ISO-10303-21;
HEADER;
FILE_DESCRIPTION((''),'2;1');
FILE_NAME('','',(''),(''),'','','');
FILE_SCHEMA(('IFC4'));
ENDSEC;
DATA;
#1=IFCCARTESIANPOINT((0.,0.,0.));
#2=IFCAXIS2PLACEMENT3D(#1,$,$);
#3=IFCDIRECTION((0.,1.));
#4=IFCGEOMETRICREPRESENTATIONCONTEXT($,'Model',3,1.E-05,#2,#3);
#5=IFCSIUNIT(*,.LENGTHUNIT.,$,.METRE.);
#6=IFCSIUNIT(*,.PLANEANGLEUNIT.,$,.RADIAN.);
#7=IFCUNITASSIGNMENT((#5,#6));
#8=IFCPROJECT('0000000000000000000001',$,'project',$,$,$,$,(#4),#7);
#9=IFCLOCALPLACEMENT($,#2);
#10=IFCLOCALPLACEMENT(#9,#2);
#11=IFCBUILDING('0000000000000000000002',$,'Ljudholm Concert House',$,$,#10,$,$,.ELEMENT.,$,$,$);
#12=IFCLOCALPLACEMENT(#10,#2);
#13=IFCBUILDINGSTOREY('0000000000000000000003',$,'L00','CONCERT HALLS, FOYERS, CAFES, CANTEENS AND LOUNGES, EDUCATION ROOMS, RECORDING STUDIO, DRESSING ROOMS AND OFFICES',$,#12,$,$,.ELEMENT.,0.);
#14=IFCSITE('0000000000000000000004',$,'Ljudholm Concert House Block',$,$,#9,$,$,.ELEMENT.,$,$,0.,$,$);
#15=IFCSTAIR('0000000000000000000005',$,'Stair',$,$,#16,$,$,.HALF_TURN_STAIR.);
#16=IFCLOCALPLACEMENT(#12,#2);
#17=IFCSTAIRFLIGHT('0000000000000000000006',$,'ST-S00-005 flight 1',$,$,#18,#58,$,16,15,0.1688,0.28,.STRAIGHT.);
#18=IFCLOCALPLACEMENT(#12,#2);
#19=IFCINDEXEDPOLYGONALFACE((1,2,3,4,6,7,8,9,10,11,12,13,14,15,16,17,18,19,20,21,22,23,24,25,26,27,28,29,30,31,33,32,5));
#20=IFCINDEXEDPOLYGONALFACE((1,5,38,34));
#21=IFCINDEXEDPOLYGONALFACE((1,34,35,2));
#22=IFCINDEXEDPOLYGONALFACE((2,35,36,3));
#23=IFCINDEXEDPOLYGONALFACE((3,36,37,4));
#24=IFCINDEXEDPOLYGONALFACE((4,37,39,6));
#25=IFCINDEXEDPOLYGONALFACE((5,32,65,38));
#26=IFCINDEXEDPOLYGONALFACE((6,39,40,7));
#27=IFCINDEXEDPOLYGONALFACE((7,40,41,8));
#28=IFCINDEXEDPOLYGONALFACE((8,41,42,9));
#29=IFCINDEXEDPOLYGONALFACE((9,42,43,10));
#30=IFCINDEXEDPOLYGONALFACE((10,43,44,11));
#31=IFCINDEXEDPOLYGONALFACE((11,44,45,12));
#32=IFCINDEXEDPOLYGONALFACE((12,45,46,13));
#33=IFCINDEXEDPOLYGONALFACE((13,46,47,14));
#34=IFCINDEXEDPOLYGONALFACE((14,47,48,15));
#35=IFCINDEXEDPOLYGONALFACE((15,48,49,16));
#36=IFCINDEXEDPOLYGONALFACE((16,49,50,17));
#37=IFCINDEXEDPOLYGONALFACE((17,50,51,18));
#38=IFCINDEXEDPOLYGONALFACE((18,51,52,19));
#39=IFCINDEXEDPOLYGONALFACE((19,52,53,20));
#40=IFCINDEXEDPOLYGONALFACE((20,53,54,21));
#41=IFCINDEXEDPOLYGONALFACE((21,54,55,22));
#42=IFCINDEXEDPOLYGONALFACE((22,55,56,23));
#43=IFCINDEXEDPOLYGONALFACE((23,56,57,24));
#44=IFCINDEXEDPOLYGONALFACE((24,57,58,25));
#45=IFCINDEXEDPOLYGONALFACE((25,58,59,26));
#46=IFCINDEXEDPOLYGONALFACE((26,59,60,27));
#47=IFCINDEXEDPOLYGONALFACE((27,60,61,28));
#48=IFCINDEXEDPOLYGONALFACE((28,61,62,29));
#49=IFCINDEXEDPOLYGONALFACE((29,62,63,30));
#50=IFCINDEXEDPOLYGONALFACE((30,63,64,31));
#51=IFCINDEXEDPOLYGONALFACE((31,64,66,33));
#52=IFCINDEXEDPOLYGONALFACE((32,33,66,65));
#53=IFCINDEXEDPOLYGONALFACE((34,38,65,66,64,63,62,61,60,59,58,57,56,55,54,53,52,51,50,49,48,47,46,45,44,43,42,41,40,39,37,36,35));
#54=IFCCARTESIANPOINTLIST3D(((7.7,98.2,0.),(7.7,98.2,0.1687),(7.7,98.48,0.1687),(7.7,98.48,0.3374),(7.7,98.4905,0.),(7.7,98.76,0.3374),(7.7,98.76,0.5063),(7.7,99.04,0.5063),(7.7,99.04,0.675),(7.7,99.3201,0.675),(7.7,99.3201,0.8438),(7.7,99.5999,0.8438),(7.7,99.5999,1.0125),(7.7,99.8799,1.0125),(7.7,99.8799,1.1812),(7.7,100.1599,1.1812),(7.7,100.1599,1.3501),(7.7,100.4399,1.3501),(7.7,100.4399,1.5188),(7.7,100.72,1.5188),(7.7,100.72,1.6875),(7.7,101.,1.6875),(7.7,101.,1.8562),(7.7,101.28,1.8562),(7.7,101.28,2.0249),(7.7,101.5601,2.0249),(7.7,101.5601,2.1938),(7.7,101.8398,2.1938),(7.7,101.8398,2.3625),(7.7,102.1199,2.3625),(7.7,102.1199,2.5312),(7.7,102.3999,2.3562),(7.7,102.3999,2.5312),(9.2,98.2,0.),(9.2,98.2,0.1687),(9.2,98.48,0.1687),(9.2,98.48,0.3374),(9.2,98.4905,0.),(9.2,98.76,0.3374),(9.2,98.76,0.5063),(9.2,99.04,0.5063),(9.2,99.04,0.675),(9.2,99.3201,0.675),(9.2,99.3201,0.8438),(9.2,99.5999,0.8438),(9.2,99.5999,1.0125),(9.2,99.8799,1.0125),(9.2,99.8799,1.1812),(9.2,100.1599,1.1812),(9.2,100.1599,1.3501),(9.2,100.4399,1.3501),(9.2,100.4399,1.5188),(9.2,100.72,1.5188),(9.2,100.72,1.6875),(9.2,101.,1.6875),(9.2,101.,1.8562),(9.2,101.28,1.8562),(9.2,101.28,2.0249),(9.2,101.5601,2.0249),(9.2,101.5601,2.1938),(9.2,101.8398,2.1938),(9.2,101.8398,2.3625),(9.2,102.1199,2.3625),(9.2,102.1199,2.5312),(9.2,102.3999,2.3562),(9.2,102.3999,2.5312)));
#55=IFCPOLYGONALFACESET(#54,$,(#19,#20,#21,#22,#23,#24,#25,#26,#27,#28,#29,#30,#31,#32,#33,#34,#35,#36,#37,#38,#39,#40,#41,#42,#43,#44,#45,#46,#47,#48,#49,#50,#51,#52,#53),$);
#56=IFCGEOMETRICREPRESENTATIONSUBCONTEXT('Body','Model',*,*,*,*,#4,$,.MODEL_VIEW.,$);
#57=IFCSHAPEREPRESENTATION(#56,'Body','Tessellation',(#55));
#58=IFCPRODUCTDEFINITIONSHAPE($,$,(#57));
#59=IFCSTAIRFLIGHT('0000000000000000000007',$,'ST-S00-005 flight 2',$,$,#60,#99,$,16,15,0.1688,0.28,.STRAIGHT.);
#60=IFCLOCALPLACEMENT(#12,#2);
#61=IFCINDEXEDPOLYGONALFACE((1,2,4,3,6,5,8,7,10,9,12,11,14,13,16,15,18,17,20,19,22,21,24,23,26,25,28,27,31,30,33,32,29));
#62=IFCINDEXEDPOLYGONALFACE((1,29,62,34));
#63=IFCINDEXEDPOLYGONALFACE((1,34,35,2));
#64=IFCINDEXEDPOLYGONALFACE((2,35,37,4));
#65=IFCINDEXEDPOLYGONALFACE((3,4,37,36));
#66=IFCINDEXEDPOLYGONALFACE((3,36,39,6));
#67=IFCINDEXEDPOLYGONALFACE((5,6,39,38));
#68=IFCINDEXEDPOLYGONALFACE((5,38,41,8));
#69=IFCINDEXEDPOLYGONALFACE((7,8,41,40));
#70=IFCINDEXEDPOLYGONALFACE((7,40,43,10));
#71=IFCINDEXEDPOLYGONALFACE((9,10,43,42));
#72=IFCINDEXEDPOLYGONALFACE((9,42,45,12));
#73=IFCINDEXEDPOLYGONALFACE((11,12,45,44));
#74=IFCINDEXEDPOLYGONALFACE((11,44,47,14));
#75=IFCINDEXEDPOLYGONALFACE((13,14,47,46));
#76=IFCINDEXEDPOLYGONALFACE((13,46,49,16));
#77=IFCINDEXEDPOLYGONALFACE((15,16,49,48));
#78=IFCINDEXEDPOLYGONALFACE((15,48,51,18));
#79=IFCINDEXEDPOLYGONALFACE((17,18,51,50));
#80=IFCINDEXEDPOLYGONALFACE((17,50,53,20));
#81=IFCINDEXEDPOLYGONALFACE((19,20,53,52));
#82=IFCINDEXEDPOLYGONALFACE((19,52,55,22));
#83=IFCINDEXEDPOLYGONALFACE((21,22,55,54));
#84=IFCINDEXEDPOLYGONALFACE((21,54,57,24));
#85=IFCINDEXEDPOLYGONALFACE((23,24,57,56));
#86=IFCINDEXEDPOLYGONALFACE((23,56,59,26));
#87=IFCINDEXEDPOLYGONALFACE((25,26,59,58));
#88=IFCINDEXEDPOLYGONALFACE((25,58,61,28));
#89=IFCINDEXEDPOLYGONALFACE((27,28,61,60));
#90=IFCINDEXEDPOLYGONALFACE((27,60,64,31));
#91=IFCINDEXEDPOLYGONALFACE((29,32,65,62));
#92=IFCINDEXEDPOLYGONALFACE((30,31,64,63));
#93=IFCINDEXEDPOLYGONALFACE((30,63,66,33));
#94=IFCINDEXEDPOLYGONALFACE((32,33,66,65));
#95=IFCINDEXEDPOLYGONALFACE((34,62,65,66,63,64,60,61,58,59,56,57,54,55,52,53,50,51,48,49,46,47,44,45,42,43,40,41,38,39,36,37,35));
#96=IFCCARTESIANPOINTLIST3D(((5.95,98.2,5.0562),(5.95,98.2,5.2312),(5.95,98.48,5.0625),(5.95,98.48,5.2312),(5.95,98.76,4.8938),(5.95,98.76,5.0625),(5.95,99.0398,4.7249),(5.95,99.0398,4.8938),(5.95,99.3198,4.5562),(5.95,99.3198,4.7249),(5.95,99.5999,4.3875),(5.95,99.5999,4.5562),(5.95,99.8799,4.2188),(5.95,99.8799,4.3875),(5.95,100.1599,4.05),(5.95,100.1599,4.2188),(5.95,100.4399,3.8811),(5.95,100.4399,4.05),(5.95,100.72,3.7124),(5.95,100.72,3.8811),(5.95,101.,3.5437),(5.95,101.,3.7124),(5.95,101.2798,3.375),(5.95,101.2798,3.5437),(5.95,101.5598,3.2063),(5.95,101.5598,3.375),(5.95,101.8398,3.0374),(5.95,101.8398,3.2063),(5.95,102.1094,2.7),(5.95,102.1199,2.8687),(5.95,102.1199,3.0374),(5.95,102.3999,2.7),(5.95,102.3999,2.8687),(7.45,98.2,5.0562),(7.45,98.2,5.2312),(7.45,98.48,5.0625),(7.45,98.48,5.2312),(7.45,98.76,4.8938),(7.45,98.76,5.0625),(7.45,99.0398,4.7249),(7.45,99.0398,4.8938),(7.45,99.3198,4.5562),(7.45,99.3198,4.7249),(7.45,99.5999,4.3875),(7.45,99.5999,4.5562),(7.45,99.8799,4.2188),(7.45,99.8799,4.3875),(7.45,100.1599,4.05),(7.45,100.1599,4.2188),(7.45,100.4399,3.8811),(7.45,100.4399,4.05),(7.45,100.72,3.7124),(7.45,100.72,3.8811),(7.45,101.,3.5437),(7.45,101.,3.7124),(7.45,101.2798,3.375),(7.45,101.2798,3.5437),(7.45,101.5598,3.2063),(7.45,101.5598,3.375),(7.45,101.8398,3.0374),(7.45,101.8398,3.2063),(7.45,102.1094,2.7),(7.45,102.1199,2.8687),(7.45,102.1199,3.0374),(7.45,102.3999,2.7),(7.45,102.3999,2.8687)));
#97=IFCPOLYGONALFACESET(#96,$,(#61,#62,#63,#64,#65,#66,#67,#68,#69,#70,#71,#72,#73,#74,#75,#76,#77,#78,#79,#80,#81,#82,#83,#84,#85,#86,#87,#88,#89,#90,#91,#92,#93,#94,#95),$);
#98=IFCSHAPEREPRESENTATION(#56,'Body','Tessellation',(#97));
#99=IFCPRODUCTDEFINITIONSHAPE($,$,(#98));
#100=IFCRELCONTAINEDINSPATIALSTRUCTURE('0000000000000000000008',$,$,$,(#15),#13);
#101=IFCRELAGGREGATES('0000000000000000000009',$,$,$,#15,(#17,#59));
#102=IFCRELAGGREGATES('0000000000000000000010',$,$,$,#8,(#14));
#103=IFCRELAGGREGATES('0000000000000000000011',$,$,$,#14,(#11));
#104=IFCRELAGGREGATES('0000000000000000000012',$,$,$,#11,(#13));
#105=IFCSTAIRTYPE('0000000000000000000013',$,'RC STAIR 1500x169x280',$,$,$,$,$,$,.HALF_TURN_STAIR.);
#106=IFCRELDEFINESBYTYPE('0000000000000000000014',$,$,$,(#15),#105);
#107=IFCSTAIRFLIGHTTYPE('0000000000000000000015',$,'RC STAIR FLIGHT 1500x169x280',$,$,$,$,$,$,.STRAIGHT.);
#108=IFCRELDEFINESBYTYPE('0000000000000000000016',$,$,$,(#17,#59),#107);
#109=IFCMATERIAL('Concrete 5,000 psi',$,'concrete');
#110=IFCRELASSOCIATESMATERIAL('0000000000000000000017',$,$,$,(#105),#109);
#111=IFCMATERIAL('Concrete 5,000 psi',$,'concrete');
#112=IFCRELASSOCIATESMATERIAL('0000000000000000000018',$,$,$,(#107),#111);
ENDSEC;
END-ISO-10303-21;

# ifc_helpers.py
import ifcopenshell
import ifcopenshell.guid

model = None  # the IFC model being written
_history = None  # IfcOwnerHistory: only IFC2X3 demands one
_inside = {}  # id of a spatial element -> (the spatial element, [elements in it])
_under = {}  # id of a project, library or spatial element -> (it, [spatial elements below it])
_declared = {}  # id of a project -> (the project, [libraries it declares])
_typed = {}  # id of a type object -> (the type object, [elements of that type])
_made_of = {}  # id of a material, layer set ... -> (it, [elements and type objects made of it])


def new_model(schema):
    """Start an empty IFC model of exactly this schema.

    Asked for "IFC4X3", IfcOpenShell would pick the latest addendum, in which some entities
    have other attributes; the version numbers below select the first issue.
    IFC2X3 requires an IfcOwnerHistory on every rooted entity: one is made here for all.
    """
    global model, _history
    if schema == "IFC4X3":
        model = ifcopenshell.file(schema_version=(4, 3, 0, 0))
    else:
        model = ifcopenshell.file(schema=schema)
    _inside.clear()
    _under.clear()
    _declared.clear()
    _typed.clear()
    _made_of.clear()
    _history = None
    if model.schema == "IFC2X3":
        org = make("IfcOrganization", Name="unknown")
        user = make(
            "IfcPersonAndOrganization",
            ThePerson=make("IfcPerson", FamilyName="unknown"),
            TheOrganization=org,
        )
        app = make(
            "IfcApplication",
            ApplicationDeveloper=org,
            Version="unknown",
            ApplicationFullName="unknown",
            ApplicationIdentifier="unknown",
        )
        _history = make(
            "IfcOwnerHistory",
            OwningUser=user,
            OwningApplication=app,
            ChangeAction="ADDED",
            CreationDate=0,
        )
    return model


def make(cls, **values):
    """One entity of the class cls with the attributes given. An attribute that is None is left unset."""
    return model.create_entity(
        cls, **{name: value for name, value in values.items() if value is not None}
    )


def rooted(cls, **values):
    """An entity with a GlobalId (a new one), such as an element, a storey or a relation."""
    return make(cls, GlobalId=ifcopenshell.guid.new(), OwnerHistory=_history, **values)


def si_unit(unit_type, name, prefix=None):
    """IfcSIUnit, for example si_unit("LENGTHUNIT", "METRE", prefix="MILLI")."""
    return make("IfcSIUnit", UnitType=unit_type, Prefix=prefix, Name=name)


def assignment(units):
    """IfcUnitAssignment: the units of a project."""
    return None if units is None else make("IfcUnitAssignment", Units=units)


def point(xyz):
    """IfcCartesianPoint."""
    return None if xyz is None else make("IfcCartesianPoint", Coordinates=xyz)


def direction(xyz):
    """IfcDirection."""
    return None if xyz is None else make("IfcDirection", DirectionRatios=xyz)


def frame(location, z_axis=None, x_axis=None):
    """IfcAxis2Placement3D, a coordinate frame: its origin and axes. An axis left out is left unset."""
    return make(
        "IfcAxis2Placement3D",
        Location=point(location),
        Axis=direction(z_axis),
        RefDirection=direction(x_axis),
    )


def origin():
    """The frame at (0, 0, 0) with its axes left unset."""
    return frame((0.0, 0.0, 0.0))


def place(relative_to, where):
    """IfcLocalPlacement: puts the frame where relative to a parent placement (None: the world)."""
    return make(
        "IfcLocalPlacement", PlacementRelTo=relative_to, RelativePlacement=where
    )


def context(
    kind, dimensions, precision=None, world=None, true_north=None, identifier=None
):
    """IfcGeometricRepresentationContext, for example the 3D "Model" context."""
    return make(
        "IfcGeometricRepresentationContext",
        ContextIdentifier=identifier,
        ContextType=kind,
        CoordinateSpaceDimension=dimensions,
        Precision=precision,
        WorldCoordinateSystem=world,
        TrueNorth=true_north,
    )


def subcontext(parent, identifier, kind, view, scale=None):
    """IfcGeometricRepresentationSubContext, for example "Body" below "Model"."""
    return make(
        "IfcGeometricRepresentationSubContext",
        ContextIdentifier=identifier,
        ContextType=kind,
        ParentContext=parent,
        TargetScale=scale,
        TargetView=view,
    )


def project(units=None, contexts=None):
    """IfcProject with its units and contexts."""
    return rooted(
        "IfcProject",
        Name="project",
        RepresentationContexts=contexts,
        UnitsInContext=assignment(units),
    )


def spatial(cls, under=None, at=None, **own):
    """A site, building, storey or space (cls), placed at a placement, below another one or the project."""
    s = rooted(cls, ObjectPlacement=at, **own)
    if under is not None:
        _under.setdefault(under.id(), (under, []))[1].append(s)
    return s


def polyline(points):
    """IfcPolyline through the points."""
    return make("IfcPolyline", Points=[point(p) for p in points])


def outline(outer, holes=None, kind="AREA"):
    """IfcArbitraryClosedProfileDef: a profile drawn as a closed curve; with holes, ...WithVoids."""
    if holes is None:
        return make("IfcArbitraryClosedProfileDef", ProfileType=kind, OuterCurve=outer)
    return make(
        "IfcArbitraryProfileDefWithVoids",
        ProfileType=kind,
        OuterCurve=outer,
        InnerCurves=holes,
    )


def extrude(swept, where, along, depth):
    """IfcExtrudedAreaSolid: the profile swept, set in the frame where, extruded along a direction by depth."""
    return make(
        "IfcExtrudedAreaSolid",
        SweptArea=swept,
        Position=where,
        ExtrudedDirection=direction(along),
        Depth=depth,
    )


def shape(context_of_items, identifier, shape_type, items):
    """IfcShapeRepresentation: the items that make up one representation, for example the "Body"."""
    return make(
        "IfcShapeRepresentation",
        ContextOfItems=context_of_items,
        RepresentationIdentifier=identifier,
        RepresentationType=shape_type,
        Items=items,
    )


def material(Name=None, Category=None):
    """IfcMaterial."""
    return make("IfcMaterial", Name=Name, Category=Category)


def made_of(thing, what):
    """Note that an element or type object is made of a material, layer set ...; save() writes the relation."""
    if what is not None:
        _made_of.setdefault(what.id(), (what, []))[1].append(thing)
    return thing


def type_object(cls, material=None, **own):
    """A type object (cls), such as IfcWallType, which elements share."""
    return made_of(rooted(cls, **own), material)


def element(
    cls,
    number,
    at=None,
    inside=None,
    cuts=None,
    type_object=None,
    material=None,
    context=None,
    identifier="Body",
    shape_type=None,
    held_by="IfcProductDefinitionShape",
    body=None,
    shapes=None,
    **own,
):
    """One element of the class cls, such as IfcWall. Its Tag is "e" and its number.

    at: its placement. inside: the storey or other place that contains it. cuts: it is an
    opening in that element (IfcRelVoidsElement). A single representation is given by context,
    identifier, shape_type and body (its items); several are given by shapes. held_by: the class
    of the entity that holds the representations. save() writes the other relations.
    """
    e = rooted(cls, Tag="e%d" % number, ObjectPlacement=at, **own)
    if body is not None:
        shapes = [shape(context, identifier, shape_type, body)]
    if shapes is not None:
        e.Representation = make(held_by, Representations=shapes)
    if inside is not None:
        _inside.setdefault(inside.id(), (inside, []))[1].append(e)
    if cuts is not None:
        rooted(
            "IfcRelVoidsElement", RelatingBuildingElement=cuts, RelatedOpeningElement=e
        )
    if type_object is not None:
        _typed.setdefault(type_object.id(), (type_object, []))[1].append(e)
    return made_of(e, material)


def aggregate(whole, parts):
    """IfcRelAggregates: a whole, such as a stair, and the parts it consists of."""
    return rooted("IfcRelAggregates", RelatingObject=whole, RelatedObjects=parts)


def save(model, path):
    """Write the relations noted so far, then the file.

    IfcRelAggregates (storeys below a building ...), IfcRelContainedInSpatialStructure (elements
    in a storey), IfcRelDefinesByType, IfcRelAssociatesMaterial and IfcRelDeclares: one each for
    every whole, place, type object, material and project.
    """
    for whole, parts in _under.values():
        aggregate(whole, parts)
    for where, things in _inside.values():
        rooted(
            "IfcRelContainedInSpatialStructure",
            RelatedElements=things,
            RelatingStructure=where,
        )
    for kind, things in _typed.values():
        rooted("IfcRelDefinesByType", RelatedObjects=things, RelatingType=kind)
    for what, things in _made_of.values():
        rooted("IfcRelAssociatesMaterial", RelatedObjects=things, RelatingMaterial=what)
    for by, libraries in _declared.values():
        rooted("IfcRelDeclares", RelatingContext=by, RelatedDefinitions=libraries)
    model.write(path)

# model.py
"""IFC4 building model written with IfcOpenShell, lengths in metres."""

from ifc_helpers import new_model, si_unit, direction, frame, origin, place, context, subcontext, project, spatial, polyline, outline, extrude, material, type_object, element, aggregate, save


model = new_model("IFC4")

# Units and contexts
model_context = context("Model", 3, precision=1e-05, world=origin(), true_north=direction((0.0, 1.0)))
body_context = subcontext(model_context, "Body", "Model", "MODEL_VIEW")
ifc_project = project(units=[si_unit("LENGTHUNIT", "METRE"), si_unit("PLANEANGLEUNIT", "RADIAN")], contexts=[model_context])

# Site, building, storey
site_placement = place(None, origin())
site = spatial("IfcSite", under=ifc_project, at=site_placement, Name="Ljudholm Concert House Block", CompositionType="ELEMENT", RefElevation=0.0)
building_placement = place(site_placement, origin())
building = spatial("IfcBuilding", under=site, at=building_placement, Name="Ljudholm Concert House", CompositionType="ELEMENT")
storey_placement = place(building_placement, origin())
storey = spatial("IfcBuildingStorey", under=building, at=storey_placement, Name="L00", Description="CONCERT HALLS, FOYERS, CAFES, CANTEENS AND LOUNGES, EDUCATION ROOMS, RECORDING STUDIO, DRESSING ROOMS AND OFFICES", CompositionType="ELEMENT", Elevation=0.0)

# Stair, stair flights
ifc_material_1 = material(Name="Concrete 5,000 psi", Category="concrete")
stair_type = type_object("IfcStairType", Name="RC STAIR 1500x169x280", PredefinedType="HALF_TURN_STAIR", material=ifc_material_1)
stair_placement = place(storey_placement, origin())
stair = element("IfcStair", 1, at=stair_placement, inside=storey, type_object=stair_type, Name="Stair", PredefinedType="HALF_TURN_STAIR")
ifc_material_2 = material(Name="Concrete 5,000 psi", Category="concrete")
stair_flight_type = type_object("IfcStairFlightType", Name="RC STAIR FLIGHT 1500x169x280", PredefinedType="STRAIGHT", material=ifc_material_2)
stair_flight_1_placement = place(storey_placement, frame((8.45, 98.2, 0.0), z_axis=(0.0, 0.0, 1.0), x_axis=(0.0, 1.0, 0.0)))
stair_flight_1 = element("IfcStairFlight", 2, at=stair_flight_1_placement, type_object=stair_flight_type, Name="ST-S00-005 flight 1", NumberOfRisers=16, NumberOfTreads=15, PredefinedType="STRAIGHT", RiserHeight=0.1688, TreadLength=0.28, context=body_context, shape_type="SweptSolid", body=[
    extrude(outline(polyline([(0.0, 0.0), (0.0, 0.1687), (0.28, 0.1687), (0.28, 0.3374), (0.5601, 0.3374), (0.5601, 0.5063), (0.8401, 0.5063), (0.8401, 0.675), (1.1201, 0.675), (1.1201, 0.8438), (1.3999, 0.8438), (1.3999, 1.0125), (1.6799, 1.0125), (1.6799, 1.1812), (1.96, 1.1812), (1.96, 1.3501), (2.24, 1.3501), (2.24, 1.5188), (2.52, 1.5188), (2.52, 1.6875), (2.8, 1.6875), (2.8, 1.8562), (3.0801, 1.8562), (3.0801, 2.0249), (3.3601, 2.0249), (3.3601, 2.1938), (3.6399, 2.1938), (3.6399, 2.3625), (3.9199, 2.3625), (3.9199, 2.5312), (4.2, 2.5312), (4.2, 2.7), (4.2, 2.3562), (0.2905, 0.0), (0.0, 0.0)])), frame((0.0, 0.75, 0.0), z_axis=(0.0, -1.0, 0.0), x_axis=(1.0, 0.0, 0.0)), (0.0, 0.0, 1.0), 1.5),
])
stair_flight_2_placement = place(storey_placement, frame((6.7, 102.3999, 2.7), z_axis=(0.0, 0.0, 1.0), x_axis=(0.0, -1.0, 0.0)))
stair_flight_2 = element("IfcStairFlight", 3, at=stair_flight_2_placement, type_object=stair_flight_type, Name="ST-S00-005 flight 2", NumberOfRisers=16, NumberOfTreads=15, PredefinedType="STRAIGHT", RiserHeight=0.1688, TreadLength=0.28, context=body_context, shape_type="SweptSolid", body=[
    extrude(outline(polyline([(0.0, 0.0), (0.0, 0.1687), (0.28, 0.1687), (0.28, 0.3374), (0.5601, 0.3374), (0.5601, 0.5063), (0.8401, 0.5063), (0.8401, 0.675), (1.1201, 0.675), (1.1201, 0.8438), (1.3999, 0.8438), (1.3999, 1.0125), (1.6799, 1.0125), (1.6799, 1.1812), (1.96, 1.1812), (1.96, 1.3501), (2.24, 1.3501), (2.24, 1.5188), (2.52, 1.5188), (2.52, 1.6875), (2.8, 1.6875), (2.8, 1.8562), (3.0801, 1.8562), (3.0801, 2.0249), (3.3601, 2.0249), (3.3601, 2.1938), (3.6399, 2.1938), (3.6399, 2.3625), (3.9199, 2.3625), (3.9199, 2.5312), (4.2, 2.5312), (4.2, 2.7), (4.2, 2.3562), (0.2905, 0.0), (0.0, 0.0)])), frame((0.0, 0.75, 0.0), z_axis=(0.0, -1.0, 0.0), x_axis=(1.0, 0.0, 0.0)), (0.0, 0.0, 1.0), 1.5),
])
aggregate(stair, [stair_flight_1, stair_flight_2])

save(model, "model.ifc")
